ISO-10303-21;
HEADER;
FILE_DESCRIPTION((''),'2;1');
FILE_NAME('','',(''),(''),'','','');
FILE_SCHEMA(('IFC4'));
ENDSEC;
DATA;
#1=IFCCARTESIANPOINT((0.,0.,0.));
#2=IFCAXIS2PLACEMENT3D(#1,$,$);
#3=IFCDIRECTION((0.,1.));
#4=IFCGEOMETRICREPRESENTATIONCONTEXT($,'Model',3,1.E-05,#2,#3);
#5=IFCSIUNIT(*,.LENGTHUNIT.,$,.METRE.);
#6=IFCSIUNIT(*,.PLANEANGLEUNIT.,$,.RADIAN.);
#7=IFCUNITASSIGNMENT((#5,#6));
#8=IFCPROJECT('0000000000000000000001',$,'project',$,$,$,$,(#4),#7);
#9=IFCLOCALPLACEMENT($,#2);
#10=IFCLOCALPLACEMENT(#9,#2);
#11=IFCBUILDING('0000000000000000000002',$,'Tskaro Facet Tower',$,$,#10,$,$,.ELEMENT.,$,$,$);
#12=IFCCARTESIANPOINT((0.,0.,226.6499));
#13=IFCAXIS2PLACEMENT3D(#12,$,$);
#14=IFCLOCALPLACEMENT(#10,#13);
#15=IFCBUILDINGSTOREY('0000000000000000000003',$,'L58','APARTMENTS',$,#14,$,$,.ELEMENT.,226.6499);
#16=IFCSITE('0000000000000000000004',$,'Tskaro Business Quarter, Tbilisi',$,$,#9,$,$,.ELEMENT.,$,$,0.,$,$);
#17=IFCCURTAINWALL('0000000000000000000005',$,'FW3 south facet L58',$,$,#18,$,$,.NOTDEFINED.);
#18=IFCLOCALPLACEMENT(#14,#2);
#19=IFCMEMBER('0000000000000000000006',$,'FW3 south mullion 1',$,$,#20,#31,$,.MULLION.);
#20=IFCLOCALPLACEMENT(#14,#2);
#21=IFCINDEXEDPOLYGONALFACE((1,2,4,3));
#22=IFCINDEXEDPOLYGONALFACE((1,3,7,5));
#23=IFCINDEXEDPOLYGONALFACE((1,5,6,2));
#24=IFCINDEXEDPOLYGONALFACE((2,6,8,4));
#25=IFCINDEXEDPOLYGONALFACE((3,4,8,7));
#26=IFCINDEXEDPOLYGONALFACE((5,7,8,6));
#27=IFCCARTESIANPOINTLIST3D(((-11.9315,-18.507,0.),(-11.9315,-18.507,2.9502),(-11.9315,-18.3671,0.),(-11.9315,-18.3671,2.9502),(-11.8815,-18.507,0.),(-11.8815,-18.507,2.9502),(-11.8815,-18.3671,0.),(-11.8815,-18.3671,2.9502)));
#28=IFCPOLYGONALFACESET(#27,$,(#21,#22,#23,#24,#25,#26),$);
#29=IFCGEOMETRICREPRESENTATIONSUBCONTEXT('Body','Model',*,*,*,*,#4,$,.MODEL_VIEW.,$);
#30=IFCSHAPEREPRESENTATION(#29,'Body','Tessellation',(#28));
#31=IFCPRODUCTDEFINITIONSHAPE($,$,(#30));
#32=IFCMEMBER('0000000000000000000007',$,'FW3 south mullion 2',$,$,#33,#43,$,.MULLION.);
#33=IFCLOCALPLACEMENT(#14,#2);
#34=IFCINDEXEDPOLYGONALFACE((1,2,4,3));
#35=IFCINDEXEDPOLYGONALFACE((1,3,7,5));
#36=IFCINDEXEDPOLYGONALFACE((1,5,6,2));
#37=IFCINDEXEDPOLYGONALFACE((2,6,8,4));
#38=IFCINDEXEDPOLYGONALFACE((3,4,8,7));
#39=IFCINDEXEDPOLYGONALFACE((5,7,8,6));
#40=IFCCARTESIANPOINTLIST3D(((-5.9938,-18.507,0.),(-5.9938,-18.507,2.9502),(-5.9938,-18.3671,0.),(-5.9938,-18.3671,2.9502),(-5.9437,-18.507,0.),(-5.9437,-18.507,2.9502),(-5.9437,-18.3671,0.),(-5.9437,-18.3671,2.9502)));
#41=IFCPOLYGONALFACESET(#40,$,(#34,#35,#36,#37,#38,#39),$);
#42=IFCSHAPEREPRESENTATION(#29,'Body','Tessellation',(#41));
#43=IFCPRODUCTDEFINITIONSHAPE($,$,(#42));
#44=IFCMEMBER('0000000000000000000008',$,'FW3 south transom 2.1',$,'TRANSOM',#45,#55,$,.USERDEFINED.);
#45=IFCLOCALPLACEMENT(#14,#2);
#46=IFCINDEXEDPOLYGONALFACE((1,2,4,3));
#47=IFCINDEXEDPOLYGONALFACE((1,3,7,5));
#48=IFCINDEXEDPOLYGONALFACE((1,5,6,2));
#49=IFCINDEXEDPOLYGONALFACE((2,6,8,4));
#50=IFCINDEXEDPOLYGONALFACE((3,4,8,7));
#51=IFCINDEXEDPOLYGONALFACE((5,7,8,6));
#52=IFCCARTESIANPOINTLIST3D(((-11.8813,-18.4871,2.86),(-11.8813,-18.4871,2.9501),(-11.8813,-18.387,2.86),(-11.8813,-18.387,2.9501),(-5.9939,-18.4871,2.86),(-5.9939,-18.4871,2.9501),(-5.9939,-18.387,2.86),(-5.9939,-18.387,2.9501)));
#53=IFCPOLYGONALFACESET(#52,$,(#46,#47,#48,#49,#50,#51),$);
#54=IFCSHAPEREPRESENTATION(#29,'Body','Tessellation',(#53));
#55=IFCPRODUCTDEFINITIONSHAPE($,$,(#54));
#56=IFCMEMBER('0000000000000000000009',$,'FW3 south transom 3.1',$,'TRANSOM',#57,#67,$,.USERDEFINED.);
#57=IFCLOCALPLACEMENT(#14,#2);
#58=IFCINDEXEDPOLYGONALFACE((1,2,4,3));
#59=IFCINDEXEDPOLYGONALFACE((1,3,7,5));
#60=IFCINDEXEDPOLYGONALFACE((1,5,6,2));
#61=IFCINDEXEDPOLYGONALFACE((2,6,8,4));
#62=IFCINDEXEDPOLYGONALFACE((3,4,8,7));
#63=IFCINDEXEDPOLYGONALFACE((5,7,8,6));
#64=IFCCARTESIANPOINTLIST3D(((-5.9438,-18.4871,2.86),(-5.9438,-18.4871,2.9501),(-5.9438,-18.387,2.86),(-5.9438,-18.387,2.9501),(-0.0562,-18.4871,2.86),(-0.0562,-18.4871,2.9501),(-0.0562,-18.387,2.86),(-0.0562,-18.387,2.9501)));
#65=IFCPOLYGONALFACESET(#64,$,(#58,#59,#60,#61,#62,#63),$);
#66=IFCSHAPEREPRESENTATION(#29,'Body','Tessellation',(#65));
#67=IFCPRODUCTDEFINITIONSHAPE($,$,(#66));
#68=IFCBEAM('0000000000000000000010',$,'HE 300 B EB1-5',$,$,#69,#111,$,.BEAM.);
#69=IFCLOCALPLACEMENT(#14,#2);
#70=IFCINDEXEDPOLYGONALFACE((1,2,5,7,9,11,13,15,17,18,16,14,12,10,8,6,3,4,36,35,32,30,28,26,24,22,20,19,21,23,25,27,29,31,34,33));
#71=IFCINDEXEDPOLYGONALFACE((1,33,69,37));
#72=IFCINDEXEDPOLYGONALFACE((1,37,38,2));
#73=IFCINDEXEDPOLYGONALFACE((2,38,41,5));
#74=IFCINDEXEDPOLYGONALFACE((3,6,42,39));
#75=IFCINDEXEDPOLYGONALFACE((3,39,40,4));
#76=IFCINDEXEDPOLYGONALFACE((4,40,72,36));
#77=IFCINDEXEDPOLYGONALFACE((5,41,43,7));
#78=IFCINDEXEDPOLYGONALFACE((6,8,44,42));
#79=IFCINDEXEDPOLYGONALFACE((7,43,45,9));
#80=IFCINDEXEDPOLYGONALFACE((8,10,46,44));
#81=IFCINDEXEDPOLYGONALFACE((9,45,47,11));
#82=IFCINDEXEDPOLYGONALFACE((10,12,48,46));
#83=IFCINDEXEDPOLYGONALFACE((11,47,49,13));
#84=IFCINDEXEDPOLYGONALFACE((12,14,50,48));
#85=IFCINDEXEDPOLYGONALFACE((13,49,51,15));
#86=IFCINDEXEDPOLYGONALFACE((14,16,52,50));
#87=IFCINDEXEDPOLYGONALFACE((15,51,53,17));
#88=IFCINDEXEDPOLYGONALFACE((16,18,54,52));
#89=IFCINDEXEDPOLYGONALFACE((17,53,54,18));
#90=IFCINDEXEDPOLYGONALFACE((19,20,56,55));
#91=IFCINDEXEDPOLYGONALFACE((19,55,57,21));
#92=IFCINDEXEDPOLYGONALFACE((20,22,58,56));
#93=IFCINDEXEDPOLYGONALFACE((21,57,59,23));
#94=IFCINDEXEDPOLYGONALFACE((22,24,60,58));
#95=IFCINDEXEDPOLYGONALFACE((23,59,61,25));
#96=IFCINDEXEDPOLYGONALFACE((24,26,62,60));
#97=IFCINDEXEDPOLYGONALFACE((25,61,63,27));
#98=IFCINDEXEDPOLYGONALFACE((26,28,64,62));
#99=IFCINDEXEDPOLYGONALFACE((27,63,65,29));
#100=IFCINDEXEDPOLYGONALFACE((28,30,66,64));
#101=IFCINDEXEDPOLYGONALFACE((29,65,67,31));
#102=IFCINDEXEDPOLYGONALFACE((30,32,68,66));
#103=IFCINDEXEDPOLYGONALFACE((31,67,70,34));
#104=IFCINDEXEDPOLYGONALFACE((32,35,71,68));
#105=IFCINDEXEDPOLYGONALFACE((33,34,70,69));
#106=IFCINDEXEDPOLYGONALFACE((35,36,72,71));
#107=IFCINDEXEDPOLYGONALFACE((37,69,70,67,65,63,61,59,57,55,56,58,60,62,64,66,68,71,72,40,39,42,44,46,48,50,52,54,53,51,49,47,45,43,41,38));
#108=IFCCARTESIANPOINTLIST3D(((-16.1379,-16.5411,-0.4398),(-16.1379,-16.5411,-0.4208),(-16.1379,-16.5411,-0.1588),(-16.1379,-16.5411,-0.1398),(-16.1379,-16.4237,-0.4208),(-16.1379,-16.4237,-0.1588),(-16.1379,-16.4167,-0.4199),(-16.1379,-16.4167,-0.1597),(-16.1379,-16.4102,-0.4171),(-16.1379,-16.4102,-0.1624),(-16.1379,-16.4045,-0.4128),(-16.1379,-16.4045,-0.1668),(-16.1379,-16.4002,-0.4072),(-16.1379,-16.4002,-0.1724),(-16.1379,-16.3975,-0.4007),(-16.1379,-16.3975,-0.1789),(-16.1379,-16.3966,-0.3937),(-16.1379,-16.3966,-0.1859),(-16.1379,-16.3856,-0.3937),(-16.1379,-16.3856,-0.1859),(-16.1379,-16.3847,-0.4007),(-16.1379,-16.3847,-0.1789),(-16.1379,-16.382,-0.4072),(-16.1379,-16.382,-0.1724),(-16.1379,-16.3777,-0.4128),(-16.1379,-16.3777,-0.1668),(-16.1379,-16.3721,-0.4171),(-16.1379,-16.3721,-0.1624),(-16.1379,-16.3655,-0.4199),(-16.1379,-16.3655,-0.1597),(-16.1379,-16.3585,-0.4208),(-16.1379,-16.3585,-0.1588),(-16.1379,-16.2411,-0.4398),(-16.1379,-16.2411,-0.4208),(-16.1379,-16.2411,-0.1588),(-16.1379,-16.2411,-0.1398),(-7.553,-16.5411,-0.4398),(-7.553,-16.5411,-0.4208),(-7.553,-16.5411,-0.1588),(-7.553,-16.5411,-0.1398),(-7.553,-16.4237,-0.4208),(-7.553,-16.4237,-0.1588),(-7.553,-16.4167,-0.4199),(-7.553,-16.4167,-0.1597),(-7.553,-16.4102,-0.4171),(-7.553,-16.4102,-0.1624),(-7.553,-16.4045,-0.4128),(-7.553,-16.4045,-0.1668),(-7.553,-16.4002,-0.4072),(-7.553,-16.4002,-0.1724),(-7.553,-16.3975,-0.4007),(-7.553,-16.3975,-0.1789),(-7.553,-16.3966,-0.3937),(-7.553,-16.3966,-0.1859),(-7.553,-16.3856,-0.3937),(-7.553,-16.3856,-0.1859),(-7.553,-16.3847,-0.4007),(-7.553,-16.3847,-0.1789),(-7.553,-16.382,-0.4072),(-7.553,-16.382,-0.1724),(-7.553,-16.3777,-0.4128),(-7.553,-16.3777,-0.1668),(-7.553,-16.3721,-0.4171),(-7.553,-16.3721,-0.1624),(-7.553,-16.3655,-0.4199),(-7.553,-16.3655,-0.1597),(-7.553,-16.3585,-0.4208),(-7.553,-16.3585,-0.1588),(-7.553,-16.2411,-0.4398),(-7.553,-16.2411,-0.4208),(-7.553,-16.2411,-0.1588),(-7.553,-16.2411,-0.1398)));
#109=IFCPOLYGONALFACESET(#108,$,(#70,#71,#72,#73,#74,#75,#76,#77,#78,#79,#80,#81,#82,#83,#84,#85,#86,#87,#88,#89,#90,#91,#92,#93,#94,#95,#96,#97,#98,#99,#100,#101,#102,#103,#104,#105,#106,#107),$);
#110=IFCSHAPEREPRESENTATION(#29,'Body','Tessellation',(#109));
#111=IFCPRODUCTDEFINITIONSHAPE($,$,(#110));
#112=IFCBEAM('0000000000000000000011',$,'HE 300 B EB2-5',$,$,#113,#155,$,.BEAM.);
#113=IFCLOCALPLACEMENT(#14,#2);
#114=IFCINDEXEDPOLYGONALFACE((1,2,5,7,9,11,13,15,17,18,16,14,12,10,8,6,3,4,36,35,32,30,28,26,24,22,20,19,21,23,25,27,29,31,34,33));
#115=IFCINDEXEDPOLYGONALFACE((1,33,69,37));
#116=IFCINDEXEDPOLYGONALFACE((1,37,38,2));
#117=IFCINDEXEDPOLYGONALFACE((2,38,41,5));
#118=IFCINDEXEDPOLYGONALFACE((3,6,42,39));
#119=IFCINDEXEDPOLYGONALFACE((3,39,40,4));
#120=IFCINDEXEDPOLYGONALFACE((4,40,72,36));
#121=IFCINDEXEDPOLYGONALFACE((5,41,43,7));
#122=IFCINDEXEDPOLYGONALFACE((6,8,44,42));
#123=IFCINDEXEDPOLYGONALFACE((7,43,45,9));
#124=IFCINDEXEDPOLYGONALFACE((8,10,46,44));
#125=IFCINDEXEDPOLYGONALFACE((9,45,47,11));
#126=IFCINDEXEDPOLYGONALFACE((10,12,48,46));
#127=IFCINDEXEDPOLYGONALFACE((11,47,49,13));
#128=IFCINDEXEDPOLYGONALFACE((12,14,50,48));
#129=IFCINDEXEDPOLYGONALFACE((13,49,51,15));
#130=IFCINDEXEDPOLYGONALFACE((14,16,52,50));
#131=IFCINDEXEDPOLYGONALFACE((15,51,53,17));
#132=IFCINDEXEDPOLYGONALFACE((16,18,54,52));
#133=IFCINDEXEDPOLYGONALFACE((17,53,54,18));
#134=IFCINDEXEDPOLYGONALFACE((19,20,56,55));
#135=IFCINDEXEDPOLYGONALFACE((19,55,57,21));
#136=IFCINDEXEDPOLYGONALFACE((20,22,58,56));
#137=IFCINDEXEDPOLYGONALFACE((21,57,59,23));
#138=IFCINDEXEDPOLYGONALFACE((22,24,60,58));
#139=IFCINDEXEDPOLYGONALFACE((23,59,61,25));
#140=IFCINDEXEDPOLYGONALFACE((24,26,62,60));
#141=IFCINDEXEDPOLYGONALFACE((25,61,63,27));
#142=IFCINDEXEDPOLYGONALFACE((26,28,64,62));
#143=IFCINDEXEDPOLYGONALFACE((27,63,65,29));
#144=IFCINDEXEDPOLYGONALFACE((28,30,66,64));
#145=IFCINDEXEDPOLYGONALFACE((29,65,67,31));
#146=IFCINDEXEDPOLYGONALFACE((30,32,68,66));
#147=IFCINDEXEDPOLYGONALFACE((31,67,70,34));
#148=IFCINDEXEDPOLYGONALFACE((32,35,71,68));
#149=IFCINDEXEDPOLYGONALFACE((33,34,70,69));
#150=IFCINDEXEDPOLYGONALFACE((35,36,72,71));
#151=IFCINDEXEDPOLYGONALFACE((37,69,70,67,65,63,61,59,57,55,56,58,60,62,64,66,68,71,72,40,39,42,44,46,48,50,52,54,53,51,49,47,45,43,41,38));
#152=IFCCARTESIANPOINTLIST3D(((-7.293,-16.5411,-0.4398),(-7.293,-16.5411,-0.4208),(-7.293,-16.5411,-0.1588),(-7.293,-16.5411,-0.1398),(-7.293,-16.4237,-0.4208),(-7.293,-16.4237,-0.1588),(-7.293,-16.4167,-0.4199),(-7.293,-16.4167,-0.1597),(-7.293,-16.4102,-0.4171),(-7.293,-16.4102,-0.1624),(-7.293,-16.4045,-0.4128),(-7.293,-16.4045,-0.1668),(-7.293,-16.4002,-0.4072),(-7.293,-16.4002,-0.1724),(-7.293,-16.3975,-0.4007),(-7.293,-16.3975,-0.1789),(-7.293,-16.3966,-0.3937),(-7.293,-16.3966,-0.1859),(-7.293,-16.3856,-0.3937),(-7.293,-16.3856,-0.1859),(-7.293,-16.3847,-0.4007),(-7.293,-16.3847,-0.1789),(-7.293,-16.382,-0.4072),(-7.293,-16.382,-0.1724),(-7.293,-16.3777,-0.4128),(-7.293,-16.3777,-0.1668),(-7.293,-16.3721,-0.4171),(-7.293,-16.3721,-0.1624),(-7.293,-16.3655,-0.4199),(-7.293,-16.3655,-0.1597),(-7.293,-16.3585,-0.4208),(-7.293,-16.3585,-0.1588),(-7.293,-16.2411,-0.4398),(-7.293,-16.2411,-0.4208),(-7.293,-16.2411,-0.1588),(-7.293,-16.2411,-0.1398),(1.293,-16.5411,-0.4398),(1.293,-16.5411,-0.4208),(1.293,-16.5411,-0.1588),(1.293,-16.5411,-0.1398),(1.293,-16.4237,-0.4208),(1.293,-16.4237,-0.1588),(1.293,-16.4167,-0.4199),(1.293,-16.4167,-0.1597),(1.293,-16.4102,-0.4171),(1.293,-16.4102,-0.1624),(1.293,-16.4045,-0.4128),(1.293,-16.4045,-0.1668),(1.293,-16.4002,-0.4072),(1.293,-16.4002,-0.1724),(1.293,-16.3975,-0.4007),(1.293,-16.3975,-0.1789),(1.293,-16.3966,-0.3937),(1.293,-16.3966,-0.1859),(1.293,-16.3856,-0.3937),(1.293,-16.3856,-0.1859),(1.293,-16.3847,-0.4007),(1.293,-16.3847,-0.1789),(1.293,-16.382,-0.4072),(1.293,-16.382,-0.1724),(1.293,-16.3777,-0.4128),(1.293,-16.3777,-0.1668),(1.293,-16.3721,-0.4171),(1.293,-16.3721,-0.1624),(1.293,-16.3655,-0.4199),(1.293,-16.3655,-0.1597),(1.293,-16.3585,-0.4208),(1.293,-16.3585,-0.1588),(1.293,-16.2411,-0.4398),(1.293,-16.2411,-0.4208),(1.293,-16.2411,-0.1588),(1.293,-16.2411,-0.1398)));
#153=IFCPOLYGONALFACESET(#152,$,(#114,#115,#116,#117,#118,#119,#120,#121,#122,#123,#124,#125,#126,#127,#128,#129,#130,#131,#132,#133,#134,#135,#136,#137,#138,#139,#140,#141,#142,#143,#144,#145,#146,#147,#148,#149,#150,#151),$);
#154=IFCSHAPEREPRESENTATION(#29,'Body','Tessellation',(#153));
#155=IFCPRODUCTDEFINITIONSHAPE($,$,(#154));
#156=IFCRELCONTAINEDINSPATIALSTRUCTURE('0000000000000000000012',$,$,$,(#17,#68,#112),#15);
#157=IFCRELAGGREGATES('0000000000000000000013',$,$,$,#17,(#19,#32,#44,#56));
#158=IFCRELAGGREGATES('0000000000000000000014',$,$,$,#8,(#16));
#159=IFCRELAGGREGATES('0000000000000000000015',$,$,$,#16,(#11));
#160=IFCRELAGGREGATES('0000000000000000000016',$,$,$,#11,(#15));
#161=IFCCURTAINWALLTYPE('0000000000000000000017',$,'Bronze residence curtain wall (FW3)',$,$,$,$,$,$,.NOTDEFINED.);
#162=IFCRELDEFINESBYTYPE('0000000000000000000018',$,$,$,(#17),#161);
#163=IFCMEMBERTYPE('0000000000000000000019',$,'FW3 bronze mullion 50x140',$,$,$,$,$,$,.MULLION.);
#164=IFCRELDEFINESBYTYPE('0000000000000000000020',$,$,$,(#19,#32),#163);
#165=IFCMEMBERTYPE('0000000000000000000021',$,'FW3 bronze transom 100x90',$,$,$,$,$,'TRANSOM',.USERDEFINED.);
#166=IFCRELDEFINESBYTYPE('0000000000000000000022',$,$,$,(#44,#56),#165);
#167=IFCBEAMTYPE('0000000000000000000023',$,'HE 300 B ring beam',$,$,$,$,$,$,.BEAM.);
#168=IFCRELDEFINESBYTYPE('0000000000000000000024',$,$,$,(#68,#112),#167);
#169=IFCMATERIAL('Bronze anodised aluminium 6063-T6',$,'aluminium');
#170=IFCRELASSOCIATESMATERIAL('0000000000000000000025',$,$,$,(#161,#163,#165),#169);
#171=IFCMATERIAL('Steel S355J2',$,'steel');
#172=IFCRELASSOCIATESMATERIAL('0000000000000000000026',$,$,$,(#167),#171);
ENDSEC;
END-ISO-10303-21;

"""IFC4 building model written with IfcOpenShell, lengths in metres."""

from ifc_helpers import new_model, si_unit, direction, frame, origin, origin_2d, place, context, subcontext, project, spatial, rectangle, i_section, extrude, material, material_profile, profile_set, type_object, element, aggregate, save


model = new_model("IFC4")

# Units and contexts
model_context = context("Model", 3, precision=1e-05, world=origin(), true_north=direction((0.0, 1.0)))
body_context = subcontext(model_context, "Body", "Model", "MODEL_VIEW")
ifc_project = project(units=[si_unit("LENGTHUNIT", "METRE"), si_unit("PLANEANGLEUNIT", "RADIAN")], contexts=[model_context])

# Site, building, storey
site_placement = place(None, origin())
site = spatial("IfcSite", under=ifc_project, at=site_placement, Name="Tskaro Business Quarter, Tbilisi", CompositionType="ELEMENT", RefElevation=0.0)
building_placement = place(site_placement, origin())
building = spatial("IfcBuilding", under=site, at=building_placement, Name="Tskaro Facet Tower", CompositionType="ELEMENT")
storey_placement = place(building_placement, frame((0.0, 0.0, 226.6499)))
storey = spatial("IfcBuildingStorey", under=building, at=storey_placement, Name="L58", Description="APARTMENTS", CompositionType="ELEMENT", Elevation=226.6499)

# Curtain wall, members
ifc_material_1 = material(Name="Bronze anodised aluminium 6063-T6", Category="aluminium")
curtain_wall_type = type_object("IfcCurtainWallType", Name="Bronze residence curtain wall (FW3)", PredefinedType="NOTDEFINED", material=ifc_material_1)
curtain_wall_placement = place(storey_placement, origin())
curtain_wall = element("IfcCurtainWall", 1, at=curtain_wall_placement, inside=storey, type_object=curtain_wall_type, Name="FW3 south facet L58", PredefinedType="NOTDEFINED")
ifc_material_profile_1 = material_profile(ifc_material_1, rectangle(XDim=0.05, YDim=0.1399, at=origin_2d()), Name="Mullion 50x140")
ifc_profile_set_1 = profile_set([ifc_material_profile_1], Name="Bronze anodised aluminium 6063-T6")
member_type_1 = type_object("IfcMemberType", Name="FW3 bronze mullion 50x140", PredefinedType="MULLION", material=ifc_profile_set_1)
member_1_placement = place(storey_placement, frame((-11.9065, -18.437, 0.0), z_axis=(0.0, 0.0, 1.0), x_axis=(1.0, 0.0, 0.0)))
member_1 = element("IfcMember", 2, at=member_1_placement, type_object=member_type_1, Name="FW3 south mullion 1", PredefinedType="MULLION", context=body_context, shape_type="SweptSolid", body=[
    extrude(rectangle(XDim=0.05, YDim=0.1399, at=origin_2d()), origin(), (0.0, 0.0, 1.0), 2.9502),
])
member_2_placement = place(storey_placement, frame((-5.9688, -18.437, 0.0), z_axis=(0.0, 0.0, 1.0), x_axis=(1.0, 0.0, 0.0)))
member_2 = element("IfcMember", 3, at=member_2_placement, type_object=member_type_1, Name="FW3 south mullion 2", PredefinedType="MULLION", context=body_context, shape_type="SweptSolid", body=[
    extrude(rectangle(XDim=0.05, YDim=0.1399, at=origin_2d()), origin(), (0.0, 0.0, 1.0), 2.9502),
])
ifc_material_profile_2 = material_profile(ifc_material_1, rectangle(XDim=0.1001, YDim=0.0901, at=origin_2d()), Name="Transom 100x90")
ifc_profile_set_2 = profile_set([ifc_material_profile_2], Name="Bronze anodised aluminium 6063-T6")
member_type_2 = type_object("IfcMemberType", Name="FW3 bronze transom 100x90", ElementType="TRANSOM", PredefinedType="USERDEFINED", material=ifc_profile_set_2)
member_3_placement = place(storey_placement, frame((-11.8813, -18.437, 2.905), z_axis=(1.0, 0.0, 0.0), x_axis=(0.0, 1.0, 0.0)))
member_3 = element("IfcMember", 4, at=member_3_placement, type_object=member_type_2, Name="FW3 south transom 2.1", ObjectType="TRANSOM", PredefinedType="USERDEFINED", context=body_context, shape_type="SweptSolid", body=[
    extrude(rectangle(XDim=0.1001, YDim=0.0901, at=origin_2d()), origin(), (0.0, 0.0, 1.0), 5.8875),
])
member_4_placement = place(storey_placement, frame((-5.9438, -18.437, 2.905), z_axis=(1.0, 0.0, 0.0), x_axis=(0.0, 1.0, 0.0)))
member_4 = element("IfcMember", 5, at=member_4_placement, type_object=member_type_2, Name="FW3 south transom 3.1", ObjectType="TRANSOM", PredefinedType="USERDEFINED", context=body_context, shape_type="SweptSolid", body=[
    extrude(rectangle(XDim=0.1001, YDim=0.0901, at=origin_2d()), origin(), (0.0, 0.0, 1.0), 5.8877),
])

# Beams
ifc_material_2 = material(Name="Steel S355J2", Category="steel")
ifc_material_profile_3 = material_profile(ifc_material_2, i_section(OverallWidth=0.3, OverallDepth=0.3, WebThickness=0.011, FlangeThickness=0.019, FilletRadius=0.0271, at=origin_2d()), Name="HE 300 B")
ifc_profile_set_3 = profile_set([ifc_material_profile_3], Name="Steel S355J2")
beam_type_1 = type_object("IfcBeamType", Name="HE 300 B ring beam", PredefinedType="BEAM", material=ifc_profile_set_3)
beam_1_placement = place(storey_placement, frame((-16.1379, -16.3911, -0.2898), z_axis=(1.0, 0.0, 0.0), x_axis=(0.0, 1.0, 0.0)))
element("IfcBeam", 6, at=beam_1_placement, inside=storey, type_object=beam_type_1, Name="HE 300 B EB1-5", PredefinedType="BEAM", context=body_context, shape_type="SweptSolid", body=[
    extrude(i_section(OverallWidth=0.3, OverallDepth=0.3, WebThickness=0.011, FlangeThickness=0.019, FilletRadius=0.0271, at=origin_2d()), origin(), (0.0, 0.0, 1.0), 8.585),
])
beam_2_placement = place(storey_placement, frame((-7.293, -16.3911, -0.2898), z_axis=(1.0, 0.0, 0.0), x_axis=(0.0, 1.0, 0.0)))
element("IfcBeam", 7, at=beam_2_placement, inside=storey, type_object=beam_type_1, Name="HE 300 B EB2-5", PredefinedType="BEAM", context=body_context, shape_type="SweptSolid", body=[
    extrude(i_section(OverallWidth=0.3, OverallDepth=0.3, WebThickness=0.011, FlangeThickness=0.019, FilletRadius=0.0271, at=origin_2d()), origin(), (0.0, 0.0, 1.0), 8.5859),
])

aggregate(curtain_wall, [member_1, member_2, member_3, member_4])

save(model, "model.ifc")
